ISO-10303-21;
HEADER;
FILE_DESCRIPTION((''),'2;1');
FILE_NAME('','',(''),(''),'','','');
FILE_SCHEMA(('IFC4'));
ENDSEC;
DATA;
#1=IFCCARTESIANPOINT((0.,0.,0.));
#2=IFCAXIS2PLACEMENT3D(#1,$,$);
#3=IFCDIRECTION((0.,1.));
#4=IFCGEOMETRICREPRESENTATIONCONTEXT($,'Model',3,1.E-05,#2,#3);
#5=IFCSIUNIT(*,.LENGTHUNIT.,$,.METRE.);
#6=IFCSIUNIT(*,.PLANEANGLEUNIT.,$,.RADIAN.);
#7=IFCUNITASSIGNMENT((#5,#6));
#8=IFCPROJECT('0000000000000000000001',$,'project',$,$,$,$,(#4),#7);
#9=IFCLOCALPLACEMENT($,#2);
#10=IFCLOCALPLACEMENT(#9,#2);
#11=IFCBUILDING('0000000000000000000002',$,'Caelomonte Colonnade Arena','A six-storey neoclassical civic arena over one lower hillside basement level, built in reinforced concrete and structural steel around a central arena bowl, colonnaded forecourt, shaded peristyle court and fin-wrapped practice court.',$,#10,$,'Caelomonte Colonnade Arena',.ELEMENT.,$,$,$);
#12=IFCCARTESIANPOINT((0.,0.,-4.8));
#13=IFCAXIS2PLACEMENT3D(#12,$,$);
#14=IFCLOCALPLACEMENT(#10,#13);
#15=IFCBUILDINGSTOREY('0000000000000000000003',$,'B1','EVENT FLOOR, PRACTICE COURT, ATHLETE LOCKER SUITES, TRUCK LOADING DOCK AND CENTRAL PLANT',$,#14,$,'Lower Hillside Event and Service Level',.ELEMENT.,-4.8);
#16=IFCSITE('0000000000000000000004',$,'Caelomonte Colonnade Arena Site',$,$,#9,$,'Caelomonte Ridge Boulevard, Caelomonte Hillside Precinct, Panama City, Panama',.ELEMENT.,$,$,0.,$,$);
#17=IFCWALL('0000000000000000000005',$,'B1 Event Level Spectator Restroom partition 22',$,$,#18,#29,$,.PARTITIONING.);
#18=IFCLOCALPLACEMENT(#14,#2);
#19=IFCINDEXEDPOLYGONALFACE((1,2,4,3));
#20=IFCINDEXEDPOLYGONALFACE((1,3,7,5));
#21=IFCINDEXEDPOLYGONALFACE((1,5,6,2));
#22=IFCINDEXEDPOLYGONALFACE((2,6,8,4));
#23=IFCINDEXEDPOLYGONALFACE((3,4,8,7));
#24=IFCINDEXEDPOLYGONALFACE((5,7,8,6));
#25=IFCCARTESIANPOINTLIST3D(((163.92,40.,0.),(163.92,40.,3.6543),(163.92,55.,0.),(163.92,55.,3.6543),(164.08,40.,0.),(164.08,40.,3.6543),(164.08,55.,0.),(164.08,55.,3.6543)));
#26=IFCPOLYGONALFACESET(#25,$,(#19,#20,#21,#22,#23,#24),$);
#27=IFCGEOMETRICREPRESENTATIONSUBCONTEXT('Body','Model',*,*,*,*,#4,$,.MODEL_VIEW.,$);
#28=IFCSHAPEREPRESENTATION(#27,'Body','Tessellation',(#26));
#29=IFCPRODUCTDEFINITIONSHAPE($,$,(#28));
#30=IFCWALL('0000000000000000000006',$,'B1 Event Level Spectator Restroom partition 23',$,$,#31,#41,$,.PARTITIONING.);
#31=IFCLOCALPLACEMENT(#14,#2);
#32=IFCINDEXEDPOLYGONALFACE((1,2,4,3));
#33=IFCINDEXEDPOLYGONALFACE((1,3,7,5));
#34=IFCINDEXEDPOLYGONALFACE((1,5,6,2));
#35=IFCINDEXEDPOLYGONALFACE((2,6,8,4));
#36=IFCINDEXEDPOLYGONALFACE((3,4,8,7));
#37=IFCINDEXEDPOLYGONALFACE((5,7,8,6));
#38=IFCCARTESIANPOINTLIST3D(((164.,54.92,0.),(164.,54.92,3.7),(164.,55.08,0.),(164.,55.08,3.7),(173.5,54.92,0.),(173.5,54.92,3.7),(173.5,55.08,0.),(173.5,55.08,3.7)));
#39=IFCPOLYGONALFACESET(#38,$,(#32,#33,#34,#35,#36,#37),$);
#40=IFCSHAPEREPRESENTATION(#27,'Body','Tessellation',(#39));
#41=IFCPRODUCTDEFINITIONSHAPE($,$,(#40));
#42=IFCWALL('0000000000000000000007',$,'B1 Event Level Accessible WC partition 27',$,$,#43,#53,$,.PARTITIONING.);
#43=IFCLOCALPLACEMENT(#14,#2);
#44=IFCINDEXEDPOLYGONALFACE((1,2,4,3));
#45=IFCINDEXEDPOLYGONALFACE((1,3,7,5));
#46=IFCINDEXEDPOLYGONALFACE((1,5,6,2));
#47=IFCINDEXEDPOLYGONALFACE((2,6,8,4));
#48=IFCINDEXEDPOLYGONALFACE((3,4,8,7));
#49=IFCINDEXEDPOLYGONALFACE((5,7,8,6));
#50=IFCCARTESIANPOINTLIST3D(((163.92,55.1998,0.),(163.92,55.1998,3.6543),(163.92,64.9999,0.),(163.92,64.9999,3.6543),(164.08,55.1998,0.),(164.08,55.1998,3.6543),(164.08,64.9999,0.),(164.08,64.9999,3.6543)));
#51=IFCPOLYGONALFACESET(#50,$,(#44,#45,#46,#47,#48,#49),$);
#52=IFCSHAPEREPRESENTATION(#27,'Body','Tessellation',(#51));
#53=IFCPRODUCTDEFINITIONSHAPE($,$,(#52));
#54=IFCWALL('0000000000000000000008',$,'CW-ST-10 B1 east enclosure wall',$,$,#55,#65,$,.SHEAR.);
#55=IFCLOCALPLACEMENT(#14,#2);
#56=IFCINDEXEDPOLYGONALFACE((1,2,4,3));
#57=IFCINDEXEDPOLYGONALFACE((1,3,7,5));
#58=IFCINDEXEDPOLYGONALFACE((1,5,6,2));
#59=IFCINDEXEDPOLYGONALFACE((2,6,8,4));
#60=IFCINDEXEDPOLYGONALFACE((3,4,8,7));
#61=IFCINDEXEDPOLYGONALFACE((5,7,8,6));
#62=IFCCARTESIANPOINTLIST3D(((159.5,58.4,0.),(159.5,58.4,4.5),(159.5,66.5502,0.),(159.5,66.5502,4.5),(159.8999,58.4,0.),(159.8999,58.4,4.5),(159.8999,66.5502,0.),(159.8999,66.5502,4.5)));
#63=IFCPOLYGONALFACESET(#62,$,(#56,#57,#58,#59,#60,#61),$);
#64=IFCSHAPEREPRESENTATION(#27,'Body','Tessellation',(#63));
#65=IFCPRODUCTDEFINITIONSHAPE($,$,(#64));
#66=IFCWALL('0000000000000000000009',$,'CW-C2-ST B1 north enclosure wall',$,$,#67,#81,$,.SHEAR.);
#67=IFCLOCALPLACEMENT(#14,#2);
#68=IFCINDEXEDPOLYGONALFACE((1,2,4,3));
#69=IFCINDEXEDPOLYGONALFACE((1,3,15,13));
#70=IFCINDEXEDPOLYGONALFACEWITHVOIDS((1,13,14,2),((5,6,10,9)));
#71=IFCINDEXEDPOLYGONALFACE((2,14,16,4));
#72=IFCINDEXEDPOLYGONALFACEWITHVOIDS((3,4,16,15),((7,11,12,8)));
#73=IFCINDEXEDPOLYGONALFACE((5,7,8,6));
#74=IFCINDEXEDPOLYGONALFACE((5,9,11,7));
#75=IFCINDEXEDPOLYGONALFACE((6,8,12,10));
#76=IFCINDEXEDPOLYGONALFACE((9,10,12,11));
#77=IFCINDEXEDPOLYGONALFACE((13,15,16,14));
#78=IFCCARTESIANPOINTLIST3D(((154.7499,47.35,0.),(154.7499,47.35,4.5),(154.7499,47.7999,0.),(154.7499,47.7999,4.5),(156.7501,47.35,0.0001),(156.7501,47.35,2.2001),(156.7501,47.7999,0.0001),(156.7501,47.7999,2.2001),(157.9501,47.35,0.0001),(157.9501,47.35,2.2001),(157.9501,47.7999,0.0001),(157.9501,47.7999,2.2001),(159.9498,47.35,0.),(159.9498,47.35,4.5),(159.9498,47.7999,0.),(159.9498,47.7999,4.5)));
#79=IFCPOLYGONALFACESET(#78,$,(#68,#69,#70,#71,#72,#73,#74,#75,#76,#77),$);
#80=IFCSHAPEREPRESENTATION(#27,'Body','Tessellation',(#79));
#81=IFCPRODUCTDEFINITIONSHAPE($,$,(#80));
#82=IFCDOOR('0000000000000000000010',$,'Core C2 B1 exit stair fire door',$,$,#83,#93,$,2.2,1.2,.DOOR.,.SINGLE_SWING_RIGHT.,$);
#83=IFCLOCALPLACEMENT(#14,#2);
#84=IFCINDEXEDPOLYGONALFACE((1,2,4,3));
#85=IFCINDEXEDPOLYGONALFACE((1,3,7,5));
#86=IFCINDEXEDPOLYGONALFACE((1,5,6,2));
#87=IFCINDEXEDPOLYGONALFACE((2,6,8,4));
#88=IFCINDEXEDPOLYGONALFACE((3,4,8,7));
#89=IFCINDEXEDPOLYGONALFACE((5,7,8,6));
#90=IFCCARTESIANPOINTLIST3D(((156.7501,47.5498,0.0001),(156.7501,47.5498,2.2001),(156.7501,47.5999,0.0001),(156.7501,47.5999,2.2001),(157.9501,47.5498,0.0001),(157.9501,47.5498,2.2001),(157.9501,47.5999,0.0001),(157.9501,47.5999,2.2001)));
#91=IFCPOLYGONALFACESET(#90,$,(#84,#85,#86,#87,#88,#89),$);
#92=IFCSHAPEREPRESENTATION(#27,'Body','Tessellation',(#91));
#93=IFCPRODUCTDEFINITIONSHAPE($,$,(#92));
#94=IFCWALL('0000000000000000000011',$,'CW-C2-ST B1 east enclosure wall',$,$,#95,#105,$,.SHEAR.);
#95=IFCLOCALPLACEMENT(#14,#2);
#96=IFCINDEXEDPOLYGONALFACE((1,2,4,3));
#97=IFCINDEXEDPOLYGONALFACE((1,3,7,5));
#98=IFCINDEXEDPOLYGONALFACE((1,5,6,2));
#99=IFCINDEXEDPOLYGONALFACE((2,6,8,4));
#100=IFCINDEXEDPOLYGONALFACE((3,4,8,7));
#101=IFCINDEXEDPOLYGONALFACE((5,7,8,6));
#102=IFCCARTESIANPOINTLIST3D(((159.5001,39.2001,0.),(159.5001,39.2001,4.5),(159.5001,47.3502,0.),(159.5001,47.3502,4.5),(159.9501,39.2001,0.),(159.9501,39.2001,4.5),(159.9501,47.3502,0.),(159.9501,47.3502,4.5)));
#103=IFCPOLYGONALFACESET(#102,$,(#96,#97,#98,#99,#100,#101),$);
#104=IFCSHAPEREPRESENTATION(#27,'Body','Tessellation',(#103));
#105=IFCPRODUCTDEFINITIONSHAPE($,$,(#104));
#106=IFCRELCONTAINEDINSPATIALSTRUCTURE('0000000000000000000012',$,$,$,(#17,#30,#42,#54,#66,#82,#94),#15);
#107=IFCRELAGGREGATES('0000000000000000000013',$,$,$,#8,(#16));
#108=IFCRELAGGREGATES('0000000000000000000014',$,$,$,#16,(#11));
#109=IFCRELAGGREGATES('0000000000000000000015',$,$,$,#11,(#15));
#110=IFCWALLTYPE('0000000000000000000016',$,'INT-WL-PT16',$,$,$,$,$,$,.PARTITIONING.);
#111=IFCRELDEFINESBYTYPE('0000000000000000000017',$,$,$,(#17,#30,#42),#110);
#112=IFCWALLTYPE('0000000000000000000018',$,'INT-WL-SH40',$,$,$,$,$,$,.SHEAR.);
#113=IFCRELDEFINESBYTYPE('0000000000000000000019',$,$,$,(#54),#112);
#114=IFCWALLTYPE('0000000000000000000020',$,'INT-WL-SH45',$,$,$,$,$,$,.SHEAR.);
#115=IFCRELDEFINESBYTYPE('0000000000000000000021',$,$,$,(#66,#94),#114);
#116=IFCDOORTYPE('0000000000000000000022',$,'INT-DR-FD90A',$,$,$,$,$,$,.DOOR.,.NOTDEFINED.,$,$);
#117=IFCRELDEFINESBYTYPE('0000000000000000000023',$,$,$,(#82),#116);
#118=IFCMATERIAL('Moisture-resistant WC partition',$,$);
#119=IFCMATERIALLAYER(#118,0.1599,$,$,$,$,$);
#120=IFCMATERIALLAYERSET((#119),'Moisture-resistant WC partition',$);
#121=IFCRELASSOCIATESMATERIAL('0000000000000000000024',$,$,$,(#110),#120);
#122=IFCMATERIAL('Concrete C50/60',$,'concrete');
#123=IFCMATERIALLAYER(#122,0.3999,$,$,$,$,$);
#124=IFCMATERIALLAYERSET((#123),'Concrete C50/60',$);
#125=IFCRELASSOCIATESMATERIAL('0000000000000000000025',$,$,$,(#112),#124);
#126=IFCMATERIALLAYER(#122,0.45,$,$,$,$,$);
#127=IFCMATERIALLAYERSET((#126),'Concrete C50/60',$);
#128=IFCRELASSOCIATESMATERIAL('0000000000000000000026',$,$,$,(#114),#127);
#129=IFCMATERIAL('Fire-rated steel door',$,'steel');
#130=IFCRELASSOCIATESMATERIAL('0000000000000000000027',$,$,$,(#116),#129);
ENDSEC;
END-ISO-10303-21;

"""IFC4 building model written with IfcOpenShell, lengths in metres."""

from ifc_helpers import new_model, si_unit, direction, frame, frame_2d, origin, place, context, subcontext, project, spatial, rectangle, extrude, material, layer, layer_set, type_object, element, fill, save


model = new_model("IFC4")

# Units and contexts
model_context = context("Model", 3, precision=1e-05, world=origin(), true_north=direction((0.0, 1.0)))
body_context = subcontext(model_context, "Body", "Model", "MODEL_VIEW")
ifc_project = project(units=[si_unit("LENGTHUNIT", "METRE"), si_unit("PLANEANGLEUNIT", "RADIAN")], contexts=[model_context])

# Site, building, storey
site_placement = place(None, origin())
site = spatial("IfcSite", under=ifc_project, at=site_placement, Name="Caelomonte Colonnade Arena Site", LongName="Caelomonte Ridge Boulevard, Caelomonte Hillside Precinct, Panama City, Panama", CompositionType="ELEMENT", RefElevation=0.0)
building_placement = place(site_placement, origin())
building = spatial("IfcBuilding", under=site, at=building_placement, Name="Caelomonte Colonnade Arena", Description="A six-storey neoclassical civic arena over one lower hillside basement level, built in reinforced concrete and structural steel around a central arena bowl, colonnaded forecourt, shaded peristyle court and fin-wrapped practice court.", LongName="Caelomonte Colonnade Arena", CompositionType="ELEMENT")
storey_placement = place(building_placement, frame((0.0, 0.0, -4.8)))
storey = spatial("IfcBuildingStorey", under=building, at=storey_placement, Name="B1", Description="EVENT FLOOR, PRACTICE COURT, ATHLETE LOCKER SUITES, TRUCK LOADING DOCK AND CENTRAL PLANT", LongName="Lower Hillside Event and Service Level", CompositionType="ELEMENT", Elevation=-4.8)

# Shared definitions
ifc_material_1 = material(Name="Moisture-resistant WC partition")
ifc_layer_1 = layer(ifc_material_1, 0.1599)
ifc_layer_set_1 = layer_set([ifc_layer_1], Name="Moisture-resistant WC partition")
wall_type_1 = type_object("IfcWallType", Name="INT-WL-PT16", PredefinedType="PARTITIONING", material=ifc_layer_set_1)

# Walls
wall_1_placement = place(storey_placement, frame((164.0, 40.0, 0.0), z_axis=(0.0, 0.0, 1.0), x_axis=(0.0, 1.0, 0.0)))
element("IfcWall", 1, at=wall_1_placement, inside=storey, type_object=wall_type_1, Name="B1 Event Level Spectator Restroom partition 22", PredefinedType="PARTITIONING", context=body_context, shape_type="SweptSolid", body=[
    extrude(rectangle(XDim=15.0, YDim=0.1599, at=frame_2d((7.5, 0.0))), origin(), (0.0, 0.0, 1.0), 3.6543),
])
wall_2_placement = place(storey_placement, frame((164.0, 55.0, 0.0), z_axis=(0.0, 0.0, 1.0), x_axis=(1.0, 0.0, 0.0)))
element("IfcWall", 2, at=wall_2_placement, inside=storey, type_object=wall_type_1, Name="B1 Event Level Spectator Restroom partition 23", PredefinedType="PARTITIONING", context=body_context, shape_type="SweptSolid", body=[
    extrude(rectangle(XDim=9.5, YDim=0.1599, at=frame_2d((4.75, 0.0))), origin(), (0.0, 0.0, 1.0), 3.7),
])
wall_3_placement = place(storey_placement, frame((164.0, 55.2, 0.0), z_axis=(0.0, 0.0, 1.0), x_axis=(0.0, 1.0, 0.0)))
element("IfcWall", 3, at=wall_3_placement, inside=storey, type_object=wall_type_1, Name="B1 Event Level Accessible WC partition 27", PredefinedType="PARTITIONING", context=body_context, shape_type="SweptSolid", body=[
    extrude(rectangle(XDim=9.8, YDim=0.1599, at=frame_2d((4.8999, 0.0))), origin(), (0.0, 0.0, 1.0), 3.6543),
])
ifc_material_2 = material(Name="Concrete C50/60", Category="concrete")
ifc_layer_2 = layer(ifc_material_2, 0.3999)
ifc_layer_set_2 = layer_set([ifc_layer_2], Name="Concrete C50/60")
wall_type_2 = type_object("IfcWallType", Name="INT-WL-SH40", PredefinedType="SHEAR", material=ifc_layer_set_2)
wall_4_placement = place(storey_placement, frame((159.7, 58.3999, 0.0), z_axis=(0.0, 0.0, 1.0), x_axis=(0.0, 1.0, 0.0)))
element("IfcWall", 4, at=wall_4_placement, inside=storey, type_object=wall_type_2, Name="CW-ST-10 B1 east enclosure wall", PredefinedType="SHEAR", context=body_context, shape_type="SweptSolid", body=[
    extrude(rectangle(XDim=8.1501, YDim=0.3999, at=frame_2d((4.0752, 0.0))), origin(), (0.0, 0.0, 1.0), 4.5),
])

# Wall, opening, door
ifc_layer_3 = layer(ifc_material_2, 0.45)
ifc_layer_set_3 = layer_set([ifc_layer_3], Name="Concrete C50/60")
wall_type_3 = type_object("IfcWallType", Name="INT-WL-SH45", PredefinedType="SHEAR", material=ifc_layer_set_3)
wall_5_placement = place(storey_placement, frame((159.95, 47.575, 0.0), z_axis=(0.0, 0.0, 1.0), x_axis=(-1.0, 0.0, 0.0)))
wall_5 = element("IfcWall", 5, at=wall_5_placement, inside=storey, type_object=wall_type_3, Name="CW-C2-ST B1 north enclosure wall", PredefinedType="SHEAR", context=body_context, shape_type="SweptSolid", body=[
    extrude(rectangle(XDim=5.2, YDim=0.45, at=frame_2d((2.6001, 0.0))), origin(), (0.0, 0.0, 1.0), 4.5),
])
opening_1_placement = place(wall_5_placement, frame((3.2, 0.0, 0.0), z_axis=(0.0, 0.0, 1.0), x_axis=(-1.0, 0.0, 0.0)))
opening_1 = element("IfcOpeningElement", 6, at=opening_1_placement, cuts=wall_5, PredefinedType="OPENING", context=body_context, shape_type="SweptSolid", body=[
    extrude(rectangle(XDim=1.2, YDim=2.2, at=frame_2d((0.6001, 1.1001))), frame((0.0, 0.2349, 0.0), z_axis=(0.0, -1.0, 0.0), x_axis=(1.0, 0.0, 0.0)), (0.0, 0.0, 1.0), 0.47),
])
ifc_material_3 = material(Name="Fire-rated steel door", Category="steel")
door_type_1 = type_object("IfcDoorType", Name="INT-DR-FD90A", OperationType="NOTDEFINED", PredefinedType="DOOR", material=ifc_material_3)
door_1_placement = place(opening_1_placement, origin())
door_1 = element("IfcDoor", 7, at=door_1_placement, inside=storey, type_object=door_type_1, Name="Core C2 B1 exit stair fire door", OperationType="SINGLE_SWING_RIGHT", OverallHeight=2.2, OverallWidth=1.2, PredefinedType="DOOR", context=body_context, shape_type="SweptSolid", body=[
    extrude(rectangle(XDim=1.2, YDim=2.2, at=frame_2d((0.6001, 1.1001))), frame((0.0, 0.0249, 0.0), z_axis=(0.0, -1.0, 0.0), x_axis=(1.0, 0.0, 0.0)), (0.0, 0.0, 1.0), 0.05),
])
fill(opening_1, door_1)

# Wall
wall_6_placement = place(storey_placement, frame((159.7251, 39.2, 0.0), z_axis=(0.0, 0.0, 1.0), x_axis=(0.0, 1.0, 0.0)))
element("IfcWall", 8, at=wall_6_placement, inside=storey, type_object=wall_type_3, Name="CW-C2-ST B1 east enclosure wall", PredefinedType="SHEAR", context=body_context, shape_type="SweptSolid", body=[
    extrude(rectangle(XDim=8.1501, YDim=0.45, at=frame_2d((4.0752, 0.0))), origin(), (0.0, 0.0, 1.0), 4.5),
])

save(model, "model.ifc")
